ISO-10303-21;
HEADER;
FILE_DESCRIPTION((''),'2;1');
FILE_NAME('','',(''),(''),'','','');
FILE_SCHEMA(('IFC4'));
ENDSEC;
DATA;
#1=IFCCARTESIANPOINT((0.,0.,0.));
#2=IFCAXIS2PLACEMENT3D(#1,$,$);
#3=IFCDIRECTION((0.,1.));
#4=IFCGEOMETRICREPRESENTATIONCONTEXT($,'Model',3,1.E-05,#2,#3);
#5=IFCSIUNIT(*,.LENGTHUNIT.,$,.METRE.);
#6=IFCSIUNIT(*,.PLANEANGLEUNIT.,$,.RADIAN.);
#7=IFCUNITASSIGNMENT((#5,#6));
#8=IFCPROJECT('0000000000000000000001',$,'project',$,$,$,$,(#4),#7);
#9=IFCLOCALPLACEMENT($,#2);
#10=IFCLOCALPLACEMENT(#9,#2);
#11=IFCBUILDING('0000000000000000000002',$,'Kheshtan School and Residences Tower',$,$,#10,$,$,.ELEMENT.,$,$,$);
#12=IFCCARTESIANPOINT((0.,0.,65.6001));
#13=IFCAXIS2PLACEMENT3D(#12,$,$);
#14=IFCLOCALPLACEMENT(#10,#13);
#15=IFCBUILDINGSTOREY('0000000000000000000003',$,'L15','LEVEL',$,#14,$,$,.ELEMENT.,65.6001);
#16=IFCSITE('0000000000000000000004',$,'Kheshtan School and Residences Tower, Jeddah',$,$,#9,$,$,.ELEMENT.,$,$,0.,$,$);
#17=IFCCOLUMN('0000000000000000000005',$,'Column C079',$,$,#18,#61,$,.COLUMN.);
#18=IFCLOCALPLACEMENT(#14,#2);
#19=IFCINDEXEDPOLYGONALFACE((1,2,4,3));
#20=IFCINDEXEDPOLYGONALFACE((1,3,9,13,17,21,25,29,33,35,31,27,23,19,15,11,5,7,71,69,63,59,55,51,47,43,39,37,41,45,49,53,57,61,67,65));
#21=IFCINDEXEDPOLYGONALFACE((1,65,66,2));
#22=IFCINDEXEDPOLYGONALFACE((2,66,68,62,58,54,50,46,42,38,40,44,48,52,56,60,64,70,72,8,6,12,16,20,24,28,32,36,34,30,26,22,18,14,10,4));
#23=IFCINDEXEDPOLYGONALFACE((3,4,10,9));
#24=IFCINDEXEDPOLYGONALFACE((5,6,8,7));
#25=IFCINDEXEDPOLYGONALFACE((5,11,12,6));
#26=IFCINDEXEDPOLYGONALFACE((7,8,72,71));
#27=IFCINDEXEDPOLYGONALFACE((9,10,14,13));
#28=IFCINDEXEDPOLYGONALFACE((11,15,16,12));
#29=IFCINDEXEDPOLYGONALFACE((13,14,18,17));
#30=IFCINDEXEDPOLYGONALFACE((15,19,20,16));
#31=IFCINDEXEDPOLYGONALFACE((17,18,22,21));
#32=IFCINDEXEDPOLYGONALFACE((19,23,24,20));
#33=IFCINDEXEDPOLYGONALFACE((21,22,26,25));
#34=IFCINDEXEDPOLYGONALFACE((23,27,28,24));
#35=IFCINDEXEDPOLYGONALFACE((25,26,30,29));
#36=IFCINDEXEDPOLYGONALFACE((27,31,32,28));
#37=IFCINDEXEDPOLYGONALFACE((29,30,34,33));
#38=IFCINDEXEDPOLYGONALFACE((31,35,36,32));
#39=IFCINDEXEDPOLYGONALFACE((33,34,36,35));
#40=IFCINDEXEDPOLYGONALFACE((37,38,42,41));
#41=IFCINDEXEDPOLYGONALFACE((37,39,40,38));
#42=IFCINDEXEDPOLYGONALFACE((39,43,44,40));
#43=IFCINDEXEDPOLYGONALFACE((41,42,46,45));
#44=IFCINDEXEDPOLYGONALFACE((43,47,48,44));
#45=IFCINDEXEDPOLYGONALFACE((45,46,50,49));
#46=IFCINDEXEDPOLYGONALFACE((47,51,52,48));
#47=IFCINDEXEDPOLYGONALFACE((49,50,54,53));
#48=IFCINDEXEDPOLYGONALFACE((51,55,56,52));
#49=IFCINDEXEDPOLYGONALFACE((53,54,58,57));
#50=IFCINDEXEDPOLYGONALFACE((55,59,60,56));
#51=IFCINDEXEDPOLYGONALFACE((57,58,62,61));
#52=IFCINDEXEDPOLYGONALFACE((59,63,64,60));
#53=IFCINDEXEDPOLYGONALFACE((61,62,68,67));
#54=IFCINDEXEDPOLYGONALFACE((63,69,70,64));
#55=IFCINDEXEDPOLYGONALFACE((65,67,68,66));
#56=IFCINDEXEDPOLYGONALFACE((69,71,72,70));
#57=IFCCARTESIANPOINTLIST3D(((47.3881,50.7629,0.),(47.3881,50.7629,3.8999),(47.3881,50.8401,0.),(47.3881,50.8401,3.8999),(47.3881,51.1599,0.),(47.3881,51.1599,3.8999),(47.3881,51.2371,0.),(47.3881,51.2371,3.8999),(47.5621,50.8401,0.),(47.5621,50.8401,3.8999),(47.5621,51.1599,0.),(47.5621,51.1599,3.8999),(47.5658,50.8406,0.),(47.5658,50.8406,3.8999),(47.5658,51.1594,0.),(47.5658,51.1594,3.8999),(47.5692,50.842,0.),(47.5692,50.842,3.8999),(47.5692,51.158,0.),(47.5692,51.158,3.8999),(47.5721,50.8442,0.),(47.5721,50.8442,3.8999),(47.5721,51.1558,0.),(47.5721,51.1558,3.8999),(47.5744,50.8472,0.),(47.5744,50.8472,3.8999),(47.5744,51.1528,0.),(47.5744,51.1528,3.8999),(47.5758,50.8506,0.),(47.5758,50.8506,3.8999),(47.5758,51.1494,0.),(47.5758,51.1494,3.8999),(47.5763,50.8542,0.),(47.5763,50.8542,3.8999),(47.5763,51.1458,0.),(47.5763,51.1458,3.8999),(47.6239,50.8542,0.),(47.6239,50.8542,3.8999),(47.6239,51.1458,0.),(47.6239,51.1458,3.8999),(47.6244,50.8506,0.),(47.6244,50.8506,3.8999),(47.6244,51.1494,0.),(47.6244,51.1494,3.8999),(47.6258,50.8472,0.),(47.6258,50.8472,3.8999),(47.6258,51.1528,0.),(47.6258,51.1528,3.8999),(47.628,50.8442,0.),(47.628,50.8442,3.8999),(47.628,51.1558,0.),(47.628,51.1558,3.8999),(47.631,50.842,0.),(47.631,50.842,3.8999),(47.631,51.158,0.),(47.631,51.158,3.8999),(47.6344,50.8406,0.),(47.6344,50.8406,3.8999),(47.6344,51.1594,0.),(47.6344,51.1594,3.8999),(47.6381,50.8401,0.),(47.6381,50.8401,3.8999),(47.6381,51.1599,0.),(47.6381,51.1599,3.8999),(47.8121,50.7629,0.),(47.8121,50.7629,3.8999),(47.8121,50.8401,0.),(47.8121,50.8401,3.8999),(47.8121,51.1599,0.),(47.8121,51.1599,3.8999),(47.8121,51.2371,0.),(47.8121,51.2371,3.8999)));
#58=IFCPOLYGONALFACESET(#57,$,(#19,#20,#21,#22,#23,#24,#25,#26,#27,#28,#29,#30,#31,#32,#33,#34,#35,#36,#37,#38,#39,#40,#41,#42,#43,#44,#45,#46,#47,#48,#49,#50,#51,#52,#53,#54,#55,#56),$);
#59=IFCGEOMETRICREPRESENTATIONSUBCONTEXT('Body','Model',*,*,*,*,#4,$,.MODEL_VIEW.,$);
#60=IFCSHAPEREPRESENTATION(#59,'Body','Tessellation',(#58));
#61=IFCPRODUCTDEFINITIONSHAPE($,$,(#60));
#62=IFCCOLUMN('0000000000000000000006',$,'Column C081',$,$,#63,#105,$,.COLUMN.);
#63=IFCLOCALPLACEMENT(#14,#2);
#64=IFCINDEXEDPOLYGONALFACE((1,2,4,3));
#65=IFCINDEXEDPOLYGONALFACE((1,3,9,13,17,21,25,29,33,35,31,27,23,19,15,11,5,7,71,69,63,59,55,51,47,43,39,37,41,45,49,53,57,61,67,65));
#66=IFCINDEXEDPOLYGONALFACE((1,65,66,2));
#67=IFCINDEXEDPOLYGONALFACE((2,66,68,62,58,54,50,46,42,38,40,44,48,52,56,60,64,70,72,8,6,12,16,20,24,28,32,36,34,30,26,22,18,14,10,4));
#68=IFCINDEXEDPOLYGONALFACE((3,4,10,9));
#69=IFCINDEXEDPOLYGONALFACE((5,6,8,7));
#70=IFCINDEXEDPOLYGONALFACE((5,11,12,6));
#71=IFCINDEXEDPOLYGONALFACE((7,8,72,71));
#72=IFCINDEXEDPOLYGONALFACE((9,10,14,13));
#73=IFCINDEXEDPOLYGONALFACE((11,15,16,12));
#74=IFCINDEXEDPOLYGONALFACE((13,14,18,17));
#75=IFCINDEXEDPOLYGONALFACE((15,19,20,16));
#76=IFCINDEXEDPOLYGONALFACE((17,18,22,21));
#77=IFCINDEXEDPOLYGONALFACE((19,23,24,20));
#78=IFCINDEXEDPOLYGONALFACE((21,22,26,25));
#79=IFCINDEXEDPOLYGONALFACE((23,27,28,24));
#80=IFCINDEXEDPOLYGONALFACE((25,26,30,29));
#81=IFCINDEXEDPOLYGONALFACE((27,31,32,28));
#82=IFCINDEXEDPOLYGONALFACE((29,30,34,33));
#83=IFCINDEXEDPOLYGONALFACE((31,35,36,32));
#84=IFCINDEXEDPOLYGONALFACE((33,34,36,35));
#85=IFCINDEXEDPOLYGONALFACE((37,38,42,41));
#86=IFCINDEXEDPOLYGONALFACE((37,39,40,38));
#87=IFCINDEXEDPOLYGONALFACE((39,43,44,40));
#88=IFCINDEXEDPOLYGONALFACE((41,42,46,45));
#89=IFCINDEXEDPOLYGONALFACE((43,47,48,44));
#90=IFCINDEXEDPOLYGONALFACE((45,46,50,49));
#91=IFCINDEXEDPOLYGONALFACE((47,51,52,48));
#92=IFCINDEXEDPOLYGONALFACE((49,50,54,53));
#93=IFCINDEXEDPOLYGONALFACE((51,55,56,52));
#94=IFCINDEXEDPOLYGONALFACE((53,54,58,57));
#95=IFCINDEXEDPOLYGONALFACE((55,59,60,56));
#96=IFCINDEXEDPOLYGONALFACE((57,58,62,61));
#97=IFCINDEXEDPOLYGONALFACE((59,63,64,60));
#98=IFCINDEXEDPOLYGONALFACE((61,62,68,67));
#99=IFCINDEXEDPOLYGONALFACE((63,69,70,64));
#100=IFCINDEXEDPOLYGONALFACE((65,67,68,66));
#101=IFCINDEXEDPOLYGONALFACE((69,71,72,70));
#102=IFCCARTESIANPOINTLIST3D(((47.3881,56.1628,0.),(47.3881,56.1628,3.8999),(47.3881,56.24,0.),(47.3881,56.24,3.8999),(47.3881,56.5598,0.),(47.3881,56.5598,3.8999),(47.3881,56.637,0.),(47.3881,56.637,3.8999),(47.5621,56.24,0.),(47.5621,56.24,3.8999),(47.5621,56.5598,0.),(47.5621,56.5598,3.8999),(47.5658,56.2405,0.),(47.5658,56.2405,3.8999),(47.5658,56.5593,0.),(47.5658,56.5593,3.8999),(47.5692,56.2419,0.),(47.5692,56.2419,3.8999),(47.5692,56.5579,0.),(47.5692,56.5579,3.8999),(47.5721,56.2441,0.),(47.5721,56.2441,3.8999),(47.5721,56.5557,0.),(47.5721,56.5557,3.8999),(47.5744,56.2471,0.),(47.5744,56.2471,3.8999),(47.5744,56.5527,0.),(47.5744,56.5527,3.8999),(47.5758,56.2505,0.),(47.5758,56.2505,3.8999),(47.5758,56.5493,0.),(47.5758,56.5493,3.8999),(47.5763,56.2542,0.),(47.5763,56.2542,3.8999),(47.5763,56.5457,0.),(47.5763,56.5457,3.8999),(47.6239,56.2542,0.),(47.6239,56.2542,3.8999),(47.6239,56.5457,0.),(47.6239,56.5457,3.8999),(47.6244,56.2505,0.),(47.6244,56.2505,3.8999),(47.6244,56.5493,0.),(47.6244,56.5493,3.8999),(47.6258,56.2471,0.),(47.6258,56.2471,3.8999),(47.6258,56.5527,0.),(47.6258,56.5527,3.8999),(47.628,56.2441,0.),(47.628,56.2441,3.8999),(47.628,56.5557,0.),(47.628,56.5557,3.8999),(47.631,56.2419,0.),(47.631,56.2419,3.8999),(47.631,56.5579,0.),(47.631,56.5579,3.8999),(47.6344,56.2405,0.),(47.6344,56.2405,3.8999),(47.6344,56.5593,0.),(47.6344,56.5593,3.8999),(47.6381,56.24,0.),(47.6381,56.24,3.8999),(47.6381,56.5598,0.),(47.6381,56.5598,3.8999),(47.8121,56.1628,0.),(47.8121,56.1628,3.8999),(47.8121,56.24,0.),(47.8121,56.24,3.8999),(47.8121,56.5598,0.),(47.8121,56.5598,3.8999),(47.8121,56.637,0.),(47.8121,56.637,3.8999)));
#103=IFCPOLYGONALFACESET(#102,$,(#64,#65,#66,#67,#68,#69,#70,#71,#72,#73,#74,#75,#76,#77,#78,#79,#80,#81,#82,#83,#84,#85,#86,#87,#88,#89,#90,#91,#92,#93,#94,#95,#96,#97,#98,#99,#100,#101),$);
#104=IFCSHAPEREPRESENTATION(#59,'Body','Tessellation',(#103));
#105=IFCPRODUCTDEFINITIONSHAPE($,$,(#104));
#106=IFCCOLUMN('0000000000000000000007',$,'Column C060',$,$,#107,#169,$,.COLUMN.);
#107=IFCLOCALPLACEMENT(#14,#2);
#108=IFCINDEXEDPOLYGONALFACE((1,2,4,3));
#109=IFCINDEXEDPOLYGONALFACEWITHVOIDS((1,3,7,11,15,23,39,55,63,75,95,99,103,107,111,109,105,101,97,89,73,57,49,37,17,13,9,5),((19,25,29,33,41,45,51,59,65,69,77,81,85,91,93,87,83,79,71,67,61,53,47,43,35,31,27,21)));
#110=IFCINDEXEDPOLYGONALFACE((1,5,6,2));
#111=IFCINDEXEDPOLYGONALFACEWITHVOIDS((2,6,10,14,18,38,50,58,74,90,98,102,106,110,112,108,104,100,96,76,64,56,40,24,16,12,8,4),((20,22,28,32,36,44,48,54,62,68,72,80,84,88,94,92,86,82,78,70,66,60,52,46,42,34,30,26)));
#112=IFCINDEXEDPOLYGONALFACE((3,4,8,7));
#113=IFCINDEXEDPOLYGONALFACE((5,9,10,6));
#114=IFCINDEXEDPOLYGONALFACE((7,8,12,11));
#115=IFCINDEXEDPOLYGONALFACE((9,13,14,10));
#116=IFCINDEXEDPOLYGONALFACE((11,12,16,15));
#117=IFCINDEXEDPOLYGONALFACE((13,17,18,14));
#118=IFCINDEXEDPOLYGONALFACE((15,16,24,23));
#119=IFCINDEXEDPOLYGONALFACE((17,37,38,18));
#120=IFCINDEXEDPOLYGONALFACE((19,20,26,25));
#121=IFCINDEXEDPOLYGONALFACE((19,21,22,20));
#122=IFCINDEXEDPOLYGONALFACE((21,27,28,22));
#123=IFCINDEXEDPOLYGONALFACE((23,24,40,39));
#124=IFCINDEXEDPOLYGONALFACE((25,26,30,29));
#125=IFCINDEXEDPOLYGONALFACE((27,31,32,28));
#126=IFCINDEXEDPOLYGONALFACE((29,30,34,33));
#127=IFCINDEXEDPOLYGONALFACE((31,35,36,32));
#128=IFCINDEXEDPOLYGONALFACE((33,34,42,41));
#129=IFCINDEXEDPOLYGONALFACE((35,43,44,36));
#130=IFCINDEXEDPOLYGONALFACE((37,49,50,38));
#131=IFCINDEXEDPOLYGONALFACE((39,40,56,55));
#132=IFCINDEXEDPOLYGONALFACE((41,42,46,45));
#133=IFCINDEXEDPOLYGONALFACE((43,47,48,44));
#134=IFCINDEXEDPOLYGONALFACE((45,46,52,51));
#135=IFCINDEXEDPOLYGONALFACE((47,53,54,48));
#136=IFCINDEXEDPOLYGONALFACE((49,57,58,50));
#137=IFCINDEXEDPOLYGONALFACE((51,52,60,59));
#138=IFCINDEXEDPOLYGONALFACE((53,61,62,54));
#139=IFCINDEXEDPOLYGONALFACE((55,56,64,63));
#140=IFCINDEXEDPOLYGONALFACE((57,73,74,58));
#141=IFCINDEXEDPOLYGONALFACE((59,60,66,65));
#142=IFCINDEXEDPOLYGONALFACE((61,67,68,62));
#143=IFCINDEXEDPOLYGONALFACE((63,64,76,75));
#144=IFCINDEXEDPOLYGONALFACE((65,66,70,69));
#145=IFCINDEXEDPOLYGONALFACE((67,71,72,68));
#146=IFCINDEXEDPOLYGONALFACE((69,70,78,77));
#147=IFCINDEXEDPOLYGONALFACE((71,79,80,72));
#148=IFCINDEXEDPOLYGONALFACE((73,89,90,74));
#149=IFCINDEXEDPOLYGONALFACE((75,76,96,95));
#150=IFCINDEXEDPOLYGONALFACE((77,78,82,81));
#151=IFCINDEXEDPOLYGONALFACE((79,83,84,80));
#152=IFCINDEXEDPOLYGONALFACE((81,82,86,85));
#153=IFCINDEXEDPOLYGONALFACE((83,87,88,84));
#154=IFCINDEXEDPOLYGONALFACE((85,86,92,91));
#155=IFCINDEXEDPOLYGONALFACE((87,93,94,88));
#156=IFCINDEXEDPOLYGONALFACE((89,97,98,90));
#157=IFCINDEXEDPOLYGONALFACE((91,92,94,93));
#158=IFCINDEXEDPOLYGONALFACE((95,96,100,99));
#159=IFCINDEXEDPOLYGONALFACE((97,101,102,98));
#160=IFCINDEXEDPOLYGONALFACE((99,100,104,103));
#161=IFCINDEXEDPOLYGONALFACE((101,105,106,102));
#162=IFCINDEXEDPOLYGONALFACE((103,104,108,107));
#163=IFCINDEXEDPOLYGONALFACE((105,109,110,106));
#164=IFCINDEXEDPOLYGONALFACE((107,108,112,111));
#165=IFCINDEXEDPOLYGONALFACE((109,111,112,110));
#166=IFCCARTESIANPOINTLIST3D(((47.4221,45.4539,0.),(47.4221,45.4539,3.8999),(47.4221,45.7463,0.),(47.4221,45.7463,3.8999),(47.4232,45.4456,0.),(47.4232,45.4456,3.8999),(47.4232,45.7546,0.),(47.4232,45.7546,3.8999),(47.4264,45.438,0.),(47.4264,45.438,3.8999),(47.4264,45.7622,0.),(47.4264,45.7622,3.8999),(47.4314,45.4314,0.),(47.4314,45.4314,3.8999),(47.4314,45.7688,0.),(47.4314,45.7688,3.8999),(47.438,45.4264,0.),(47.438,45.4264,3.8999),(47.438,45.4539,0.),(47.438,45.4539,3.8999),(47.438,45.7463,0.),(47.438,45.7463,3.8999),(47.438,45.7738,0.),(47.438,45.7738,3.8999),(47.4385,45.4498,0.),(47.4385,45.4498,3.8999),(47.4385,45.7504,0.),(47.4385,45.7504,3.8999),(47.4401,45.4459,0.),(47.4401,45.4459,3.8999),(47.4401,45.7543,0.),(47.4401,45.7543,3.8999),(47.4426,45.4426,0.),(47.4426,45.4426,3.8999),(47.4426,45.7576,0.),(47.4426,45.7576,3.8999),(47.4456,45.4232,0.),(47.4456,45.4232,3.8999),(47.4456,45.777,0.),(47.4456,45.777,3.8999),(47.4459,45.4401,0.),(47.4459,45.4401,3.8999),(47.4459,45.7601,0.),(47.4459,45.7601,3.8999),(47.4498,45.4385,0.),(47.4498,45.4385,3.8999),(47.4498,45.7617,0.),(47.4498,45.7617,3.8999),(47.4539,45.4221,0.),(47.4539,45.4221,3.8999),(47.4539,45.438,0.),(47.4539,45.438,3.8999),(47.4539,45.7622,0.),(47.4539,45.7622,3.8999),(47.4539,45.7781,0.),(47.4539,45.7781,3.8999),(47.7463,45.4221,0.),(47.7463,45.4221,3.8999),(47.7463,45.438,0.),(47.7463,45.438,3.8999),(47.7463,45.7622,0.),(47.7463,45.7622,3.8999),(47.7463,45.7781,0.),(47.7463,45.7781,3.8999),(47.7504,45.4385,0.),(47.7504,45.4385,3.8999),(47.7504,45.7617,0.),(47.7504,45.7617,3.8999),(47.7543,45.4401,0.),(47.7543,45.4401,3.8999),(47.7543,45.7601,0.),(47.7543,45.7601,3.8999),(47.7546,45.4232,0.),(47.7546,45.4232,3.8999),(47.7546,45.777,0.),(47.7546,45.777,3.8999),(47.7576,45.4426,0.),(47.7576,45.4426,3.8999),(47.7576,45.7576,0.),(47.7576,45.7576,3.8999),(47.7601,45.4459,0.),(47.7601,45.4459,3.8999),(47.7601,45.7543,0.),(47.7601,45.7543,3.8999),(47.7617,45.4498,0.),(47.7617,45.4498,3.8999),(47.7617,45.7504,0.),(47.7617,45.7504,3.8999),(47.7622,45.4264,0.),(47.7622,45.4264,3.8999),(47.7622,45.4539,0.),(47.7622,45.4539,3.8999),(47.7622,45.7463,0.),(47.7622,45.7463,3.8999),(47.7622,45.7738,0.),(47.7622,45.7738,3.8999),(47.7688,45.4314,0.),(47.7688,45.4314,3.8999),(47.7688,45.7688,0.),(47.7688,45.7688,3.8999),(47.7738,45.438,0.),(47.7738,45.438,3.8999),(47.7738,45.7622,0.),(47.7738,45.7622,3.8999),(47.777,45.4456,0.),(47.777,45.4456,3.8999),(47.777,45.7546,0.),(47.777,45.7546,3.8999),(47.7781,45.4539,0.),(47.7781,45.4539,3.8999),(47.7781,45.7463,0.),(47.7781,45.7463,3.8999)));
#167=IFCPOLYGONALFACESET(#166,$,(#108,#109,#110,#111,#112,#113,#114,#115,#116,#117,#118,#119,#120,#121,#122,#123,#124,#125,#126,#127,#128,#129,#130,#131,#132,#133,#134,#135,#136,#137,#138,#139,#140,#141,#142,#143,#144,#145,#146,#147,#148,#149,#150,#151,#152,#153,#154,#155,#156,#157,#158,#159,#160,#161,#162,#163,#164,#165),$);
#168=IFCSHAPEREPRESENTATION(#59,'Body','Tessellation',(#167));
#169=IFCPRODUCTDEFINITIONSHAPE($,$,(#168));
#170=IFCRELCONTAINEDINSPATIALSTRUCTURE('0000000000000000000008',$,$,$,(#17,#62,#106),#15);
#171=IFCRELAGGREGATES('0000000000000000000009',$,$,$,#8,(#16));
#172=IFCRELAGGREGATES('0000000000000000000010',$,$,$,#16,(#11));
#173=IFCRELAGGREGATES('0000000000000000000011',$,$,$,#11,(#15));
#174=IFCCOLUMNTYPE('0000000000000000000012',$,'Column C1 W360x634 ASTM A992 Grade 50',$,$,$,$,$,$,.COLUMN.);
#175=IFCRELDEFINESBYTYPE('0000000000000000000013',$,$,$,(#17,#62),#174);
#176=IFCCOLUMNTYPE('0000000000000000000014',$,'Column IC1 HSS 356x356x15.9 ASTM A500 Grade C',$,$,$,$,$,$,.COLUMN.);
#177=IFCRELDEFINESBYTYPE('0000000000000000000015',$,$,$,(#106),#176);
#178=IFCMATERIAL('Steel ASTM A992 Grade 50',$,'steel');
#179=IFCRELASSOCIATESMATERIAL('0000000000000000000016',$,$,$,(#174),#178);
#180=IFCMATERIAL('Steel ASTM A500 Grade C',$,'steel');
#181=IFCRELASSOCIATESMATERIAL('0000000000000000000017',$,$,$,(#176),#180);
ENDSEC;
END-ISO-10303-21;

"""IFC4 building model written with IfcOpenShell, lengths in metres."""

from ifc_helpers import new_model, si_unit, direction, frame, origin, origin_2d, place, context, subcontext, project, spatial, hollow_rectangle, i_section, extrude, material, material_profile, profile_set, type_object, element, save


model = new_model("IFC4")

# Units and contexts
model_context = context("Model", 3, precision=1e-05, world=origin(), true_north=direction((0.0, 1.0)))
body_context = subcontext(model_context, "Body", "Model", "MODEL_VIEW")
ifc_project = project(units=[si_unit("LENGTHUNIT", "METRE"), si_unit("PLANEANGLEUNIT", "RADIAN")], contexts=[model_context])

# Site, building, storey
site_placement = place(None, origin())
site = spatial("IfcSite", under=ifc_project, at=site_placement, Name="Kheshtan School and Residences Tower, Jeddah", CompositionType="ELEMENT", RefElevation=0.0)
building_placement = place(site_placement, origin())
building = spatial("IfcBuilding", under=site, at=building_placement, Name="Kheshtan School and Residences Tower", CompositionType="ELEMENT")
storey_placement = place(building_placement, frame((0.0, 0.0, 65.6001)))
storey = spatial("IfcBuildingStorey", under=building, at=storey_placement, Name="L15", Description="LEVEL", CompositionType="ELEMENT", Elevation=65.6001)

# Columns
ifc_material_1 = material(Name="Steel ASTM A992 Grade 50", Category="steel")
ifc_material_profile_1 = material_profile(ifc_material_1, i_section(OverallWidth=0.4241, OverallDepth=0.4741, WebThickness=0.0476, FlangeThickness=0.0771, FilletRadius=0.0142, at=origin_2d()), Name="W360x634")
ifc_profile_set_1 = profile_set([ifc_material_profile_1], Name="Steel ASTM A992 Grade 50")
column_type_1 = type_object("IfcColumnType", Name="Column C1 W360x634 ASTM A992 Grade 50", PredefinedType="COLUMN", material=ifc_profile_set_1)
for number, where, z_axis, x_axis, name in (
    (1, (47.6001, 51.0, 0.0), (0.0, 0.0, 1.0), (1.0, 0.0, 0.0), "Column C079"),
    (2, (47.6001, 56.3999, 0.0), (0.0, 0.0, 1.0), (1.0, 0.0, 0.0), "Column C081"),
):
    element("IfcColumn", number, at=place(storey_placement, frame(where, z_axis=z_axis, x_axis=x_axis)), inside=storey, type_object=column_type_1, Name=name, PredefinedType="COLUMN", context=body_context, shape_type="SweptSolid", body=[
        extrude(i_section(OverallWidth=0.4241, OverallDepth=0.4741, WebThickness=0.0476, FlangeThickness=0.0771, FilletRadius=0.0142, at=origin_2d()), origin(), (0.0, 0.0, 1.0), 3.8999),
    ])
ifc_material_2 = material(Name="Steel ASTM A500 Grade C", Category="steel")
ifc_material_profile_2 = material_profile(ifc_material_2, hollow_rectangle(XDim=0.356, YDim=0.356, WallThickness=0.0159, InnerFilletRadius=0.0159, OuterFilletRadius=0.0317, at=origin_2d()), Name="HSS 356x356x15.9")
ifc_profile_set_2 = profile_set([ifc_material_profile_2], Name="Steel ASTM A500 Grade C")
column_type_2 = type_object("IfcColumnType", Name="Column IC1 HSS 356x356x15.9 ASTM A500 Grade C", PredefinedType="COLUMN", material=ifc_profile_set_2)
column_placement = place(storey_placement, frame((47.6001, 45.6001, 0.0), z_axis=(0.0, 0.0, 1.0), x_axis=(1.0, 0.0, 0.0)))
element("IfcColumn", 3, at=column_placement, inside=storey, type_object=column_type_2, Name="Column C060", PredefinedType="COLUMN", context=body_context, shape_type="SweptSolid", body=[
    extrude(hollow_rectangle(XDim=0.356, YDim=0.356, WallThickness=0.0159, InnerFilletRadius=0.0159, OuterFilletRadius=0.0317, at=origin_2d()), origin(), (0.0, 0.0, 1.0), 3.8999),
])

save(model, "model.ifc")
